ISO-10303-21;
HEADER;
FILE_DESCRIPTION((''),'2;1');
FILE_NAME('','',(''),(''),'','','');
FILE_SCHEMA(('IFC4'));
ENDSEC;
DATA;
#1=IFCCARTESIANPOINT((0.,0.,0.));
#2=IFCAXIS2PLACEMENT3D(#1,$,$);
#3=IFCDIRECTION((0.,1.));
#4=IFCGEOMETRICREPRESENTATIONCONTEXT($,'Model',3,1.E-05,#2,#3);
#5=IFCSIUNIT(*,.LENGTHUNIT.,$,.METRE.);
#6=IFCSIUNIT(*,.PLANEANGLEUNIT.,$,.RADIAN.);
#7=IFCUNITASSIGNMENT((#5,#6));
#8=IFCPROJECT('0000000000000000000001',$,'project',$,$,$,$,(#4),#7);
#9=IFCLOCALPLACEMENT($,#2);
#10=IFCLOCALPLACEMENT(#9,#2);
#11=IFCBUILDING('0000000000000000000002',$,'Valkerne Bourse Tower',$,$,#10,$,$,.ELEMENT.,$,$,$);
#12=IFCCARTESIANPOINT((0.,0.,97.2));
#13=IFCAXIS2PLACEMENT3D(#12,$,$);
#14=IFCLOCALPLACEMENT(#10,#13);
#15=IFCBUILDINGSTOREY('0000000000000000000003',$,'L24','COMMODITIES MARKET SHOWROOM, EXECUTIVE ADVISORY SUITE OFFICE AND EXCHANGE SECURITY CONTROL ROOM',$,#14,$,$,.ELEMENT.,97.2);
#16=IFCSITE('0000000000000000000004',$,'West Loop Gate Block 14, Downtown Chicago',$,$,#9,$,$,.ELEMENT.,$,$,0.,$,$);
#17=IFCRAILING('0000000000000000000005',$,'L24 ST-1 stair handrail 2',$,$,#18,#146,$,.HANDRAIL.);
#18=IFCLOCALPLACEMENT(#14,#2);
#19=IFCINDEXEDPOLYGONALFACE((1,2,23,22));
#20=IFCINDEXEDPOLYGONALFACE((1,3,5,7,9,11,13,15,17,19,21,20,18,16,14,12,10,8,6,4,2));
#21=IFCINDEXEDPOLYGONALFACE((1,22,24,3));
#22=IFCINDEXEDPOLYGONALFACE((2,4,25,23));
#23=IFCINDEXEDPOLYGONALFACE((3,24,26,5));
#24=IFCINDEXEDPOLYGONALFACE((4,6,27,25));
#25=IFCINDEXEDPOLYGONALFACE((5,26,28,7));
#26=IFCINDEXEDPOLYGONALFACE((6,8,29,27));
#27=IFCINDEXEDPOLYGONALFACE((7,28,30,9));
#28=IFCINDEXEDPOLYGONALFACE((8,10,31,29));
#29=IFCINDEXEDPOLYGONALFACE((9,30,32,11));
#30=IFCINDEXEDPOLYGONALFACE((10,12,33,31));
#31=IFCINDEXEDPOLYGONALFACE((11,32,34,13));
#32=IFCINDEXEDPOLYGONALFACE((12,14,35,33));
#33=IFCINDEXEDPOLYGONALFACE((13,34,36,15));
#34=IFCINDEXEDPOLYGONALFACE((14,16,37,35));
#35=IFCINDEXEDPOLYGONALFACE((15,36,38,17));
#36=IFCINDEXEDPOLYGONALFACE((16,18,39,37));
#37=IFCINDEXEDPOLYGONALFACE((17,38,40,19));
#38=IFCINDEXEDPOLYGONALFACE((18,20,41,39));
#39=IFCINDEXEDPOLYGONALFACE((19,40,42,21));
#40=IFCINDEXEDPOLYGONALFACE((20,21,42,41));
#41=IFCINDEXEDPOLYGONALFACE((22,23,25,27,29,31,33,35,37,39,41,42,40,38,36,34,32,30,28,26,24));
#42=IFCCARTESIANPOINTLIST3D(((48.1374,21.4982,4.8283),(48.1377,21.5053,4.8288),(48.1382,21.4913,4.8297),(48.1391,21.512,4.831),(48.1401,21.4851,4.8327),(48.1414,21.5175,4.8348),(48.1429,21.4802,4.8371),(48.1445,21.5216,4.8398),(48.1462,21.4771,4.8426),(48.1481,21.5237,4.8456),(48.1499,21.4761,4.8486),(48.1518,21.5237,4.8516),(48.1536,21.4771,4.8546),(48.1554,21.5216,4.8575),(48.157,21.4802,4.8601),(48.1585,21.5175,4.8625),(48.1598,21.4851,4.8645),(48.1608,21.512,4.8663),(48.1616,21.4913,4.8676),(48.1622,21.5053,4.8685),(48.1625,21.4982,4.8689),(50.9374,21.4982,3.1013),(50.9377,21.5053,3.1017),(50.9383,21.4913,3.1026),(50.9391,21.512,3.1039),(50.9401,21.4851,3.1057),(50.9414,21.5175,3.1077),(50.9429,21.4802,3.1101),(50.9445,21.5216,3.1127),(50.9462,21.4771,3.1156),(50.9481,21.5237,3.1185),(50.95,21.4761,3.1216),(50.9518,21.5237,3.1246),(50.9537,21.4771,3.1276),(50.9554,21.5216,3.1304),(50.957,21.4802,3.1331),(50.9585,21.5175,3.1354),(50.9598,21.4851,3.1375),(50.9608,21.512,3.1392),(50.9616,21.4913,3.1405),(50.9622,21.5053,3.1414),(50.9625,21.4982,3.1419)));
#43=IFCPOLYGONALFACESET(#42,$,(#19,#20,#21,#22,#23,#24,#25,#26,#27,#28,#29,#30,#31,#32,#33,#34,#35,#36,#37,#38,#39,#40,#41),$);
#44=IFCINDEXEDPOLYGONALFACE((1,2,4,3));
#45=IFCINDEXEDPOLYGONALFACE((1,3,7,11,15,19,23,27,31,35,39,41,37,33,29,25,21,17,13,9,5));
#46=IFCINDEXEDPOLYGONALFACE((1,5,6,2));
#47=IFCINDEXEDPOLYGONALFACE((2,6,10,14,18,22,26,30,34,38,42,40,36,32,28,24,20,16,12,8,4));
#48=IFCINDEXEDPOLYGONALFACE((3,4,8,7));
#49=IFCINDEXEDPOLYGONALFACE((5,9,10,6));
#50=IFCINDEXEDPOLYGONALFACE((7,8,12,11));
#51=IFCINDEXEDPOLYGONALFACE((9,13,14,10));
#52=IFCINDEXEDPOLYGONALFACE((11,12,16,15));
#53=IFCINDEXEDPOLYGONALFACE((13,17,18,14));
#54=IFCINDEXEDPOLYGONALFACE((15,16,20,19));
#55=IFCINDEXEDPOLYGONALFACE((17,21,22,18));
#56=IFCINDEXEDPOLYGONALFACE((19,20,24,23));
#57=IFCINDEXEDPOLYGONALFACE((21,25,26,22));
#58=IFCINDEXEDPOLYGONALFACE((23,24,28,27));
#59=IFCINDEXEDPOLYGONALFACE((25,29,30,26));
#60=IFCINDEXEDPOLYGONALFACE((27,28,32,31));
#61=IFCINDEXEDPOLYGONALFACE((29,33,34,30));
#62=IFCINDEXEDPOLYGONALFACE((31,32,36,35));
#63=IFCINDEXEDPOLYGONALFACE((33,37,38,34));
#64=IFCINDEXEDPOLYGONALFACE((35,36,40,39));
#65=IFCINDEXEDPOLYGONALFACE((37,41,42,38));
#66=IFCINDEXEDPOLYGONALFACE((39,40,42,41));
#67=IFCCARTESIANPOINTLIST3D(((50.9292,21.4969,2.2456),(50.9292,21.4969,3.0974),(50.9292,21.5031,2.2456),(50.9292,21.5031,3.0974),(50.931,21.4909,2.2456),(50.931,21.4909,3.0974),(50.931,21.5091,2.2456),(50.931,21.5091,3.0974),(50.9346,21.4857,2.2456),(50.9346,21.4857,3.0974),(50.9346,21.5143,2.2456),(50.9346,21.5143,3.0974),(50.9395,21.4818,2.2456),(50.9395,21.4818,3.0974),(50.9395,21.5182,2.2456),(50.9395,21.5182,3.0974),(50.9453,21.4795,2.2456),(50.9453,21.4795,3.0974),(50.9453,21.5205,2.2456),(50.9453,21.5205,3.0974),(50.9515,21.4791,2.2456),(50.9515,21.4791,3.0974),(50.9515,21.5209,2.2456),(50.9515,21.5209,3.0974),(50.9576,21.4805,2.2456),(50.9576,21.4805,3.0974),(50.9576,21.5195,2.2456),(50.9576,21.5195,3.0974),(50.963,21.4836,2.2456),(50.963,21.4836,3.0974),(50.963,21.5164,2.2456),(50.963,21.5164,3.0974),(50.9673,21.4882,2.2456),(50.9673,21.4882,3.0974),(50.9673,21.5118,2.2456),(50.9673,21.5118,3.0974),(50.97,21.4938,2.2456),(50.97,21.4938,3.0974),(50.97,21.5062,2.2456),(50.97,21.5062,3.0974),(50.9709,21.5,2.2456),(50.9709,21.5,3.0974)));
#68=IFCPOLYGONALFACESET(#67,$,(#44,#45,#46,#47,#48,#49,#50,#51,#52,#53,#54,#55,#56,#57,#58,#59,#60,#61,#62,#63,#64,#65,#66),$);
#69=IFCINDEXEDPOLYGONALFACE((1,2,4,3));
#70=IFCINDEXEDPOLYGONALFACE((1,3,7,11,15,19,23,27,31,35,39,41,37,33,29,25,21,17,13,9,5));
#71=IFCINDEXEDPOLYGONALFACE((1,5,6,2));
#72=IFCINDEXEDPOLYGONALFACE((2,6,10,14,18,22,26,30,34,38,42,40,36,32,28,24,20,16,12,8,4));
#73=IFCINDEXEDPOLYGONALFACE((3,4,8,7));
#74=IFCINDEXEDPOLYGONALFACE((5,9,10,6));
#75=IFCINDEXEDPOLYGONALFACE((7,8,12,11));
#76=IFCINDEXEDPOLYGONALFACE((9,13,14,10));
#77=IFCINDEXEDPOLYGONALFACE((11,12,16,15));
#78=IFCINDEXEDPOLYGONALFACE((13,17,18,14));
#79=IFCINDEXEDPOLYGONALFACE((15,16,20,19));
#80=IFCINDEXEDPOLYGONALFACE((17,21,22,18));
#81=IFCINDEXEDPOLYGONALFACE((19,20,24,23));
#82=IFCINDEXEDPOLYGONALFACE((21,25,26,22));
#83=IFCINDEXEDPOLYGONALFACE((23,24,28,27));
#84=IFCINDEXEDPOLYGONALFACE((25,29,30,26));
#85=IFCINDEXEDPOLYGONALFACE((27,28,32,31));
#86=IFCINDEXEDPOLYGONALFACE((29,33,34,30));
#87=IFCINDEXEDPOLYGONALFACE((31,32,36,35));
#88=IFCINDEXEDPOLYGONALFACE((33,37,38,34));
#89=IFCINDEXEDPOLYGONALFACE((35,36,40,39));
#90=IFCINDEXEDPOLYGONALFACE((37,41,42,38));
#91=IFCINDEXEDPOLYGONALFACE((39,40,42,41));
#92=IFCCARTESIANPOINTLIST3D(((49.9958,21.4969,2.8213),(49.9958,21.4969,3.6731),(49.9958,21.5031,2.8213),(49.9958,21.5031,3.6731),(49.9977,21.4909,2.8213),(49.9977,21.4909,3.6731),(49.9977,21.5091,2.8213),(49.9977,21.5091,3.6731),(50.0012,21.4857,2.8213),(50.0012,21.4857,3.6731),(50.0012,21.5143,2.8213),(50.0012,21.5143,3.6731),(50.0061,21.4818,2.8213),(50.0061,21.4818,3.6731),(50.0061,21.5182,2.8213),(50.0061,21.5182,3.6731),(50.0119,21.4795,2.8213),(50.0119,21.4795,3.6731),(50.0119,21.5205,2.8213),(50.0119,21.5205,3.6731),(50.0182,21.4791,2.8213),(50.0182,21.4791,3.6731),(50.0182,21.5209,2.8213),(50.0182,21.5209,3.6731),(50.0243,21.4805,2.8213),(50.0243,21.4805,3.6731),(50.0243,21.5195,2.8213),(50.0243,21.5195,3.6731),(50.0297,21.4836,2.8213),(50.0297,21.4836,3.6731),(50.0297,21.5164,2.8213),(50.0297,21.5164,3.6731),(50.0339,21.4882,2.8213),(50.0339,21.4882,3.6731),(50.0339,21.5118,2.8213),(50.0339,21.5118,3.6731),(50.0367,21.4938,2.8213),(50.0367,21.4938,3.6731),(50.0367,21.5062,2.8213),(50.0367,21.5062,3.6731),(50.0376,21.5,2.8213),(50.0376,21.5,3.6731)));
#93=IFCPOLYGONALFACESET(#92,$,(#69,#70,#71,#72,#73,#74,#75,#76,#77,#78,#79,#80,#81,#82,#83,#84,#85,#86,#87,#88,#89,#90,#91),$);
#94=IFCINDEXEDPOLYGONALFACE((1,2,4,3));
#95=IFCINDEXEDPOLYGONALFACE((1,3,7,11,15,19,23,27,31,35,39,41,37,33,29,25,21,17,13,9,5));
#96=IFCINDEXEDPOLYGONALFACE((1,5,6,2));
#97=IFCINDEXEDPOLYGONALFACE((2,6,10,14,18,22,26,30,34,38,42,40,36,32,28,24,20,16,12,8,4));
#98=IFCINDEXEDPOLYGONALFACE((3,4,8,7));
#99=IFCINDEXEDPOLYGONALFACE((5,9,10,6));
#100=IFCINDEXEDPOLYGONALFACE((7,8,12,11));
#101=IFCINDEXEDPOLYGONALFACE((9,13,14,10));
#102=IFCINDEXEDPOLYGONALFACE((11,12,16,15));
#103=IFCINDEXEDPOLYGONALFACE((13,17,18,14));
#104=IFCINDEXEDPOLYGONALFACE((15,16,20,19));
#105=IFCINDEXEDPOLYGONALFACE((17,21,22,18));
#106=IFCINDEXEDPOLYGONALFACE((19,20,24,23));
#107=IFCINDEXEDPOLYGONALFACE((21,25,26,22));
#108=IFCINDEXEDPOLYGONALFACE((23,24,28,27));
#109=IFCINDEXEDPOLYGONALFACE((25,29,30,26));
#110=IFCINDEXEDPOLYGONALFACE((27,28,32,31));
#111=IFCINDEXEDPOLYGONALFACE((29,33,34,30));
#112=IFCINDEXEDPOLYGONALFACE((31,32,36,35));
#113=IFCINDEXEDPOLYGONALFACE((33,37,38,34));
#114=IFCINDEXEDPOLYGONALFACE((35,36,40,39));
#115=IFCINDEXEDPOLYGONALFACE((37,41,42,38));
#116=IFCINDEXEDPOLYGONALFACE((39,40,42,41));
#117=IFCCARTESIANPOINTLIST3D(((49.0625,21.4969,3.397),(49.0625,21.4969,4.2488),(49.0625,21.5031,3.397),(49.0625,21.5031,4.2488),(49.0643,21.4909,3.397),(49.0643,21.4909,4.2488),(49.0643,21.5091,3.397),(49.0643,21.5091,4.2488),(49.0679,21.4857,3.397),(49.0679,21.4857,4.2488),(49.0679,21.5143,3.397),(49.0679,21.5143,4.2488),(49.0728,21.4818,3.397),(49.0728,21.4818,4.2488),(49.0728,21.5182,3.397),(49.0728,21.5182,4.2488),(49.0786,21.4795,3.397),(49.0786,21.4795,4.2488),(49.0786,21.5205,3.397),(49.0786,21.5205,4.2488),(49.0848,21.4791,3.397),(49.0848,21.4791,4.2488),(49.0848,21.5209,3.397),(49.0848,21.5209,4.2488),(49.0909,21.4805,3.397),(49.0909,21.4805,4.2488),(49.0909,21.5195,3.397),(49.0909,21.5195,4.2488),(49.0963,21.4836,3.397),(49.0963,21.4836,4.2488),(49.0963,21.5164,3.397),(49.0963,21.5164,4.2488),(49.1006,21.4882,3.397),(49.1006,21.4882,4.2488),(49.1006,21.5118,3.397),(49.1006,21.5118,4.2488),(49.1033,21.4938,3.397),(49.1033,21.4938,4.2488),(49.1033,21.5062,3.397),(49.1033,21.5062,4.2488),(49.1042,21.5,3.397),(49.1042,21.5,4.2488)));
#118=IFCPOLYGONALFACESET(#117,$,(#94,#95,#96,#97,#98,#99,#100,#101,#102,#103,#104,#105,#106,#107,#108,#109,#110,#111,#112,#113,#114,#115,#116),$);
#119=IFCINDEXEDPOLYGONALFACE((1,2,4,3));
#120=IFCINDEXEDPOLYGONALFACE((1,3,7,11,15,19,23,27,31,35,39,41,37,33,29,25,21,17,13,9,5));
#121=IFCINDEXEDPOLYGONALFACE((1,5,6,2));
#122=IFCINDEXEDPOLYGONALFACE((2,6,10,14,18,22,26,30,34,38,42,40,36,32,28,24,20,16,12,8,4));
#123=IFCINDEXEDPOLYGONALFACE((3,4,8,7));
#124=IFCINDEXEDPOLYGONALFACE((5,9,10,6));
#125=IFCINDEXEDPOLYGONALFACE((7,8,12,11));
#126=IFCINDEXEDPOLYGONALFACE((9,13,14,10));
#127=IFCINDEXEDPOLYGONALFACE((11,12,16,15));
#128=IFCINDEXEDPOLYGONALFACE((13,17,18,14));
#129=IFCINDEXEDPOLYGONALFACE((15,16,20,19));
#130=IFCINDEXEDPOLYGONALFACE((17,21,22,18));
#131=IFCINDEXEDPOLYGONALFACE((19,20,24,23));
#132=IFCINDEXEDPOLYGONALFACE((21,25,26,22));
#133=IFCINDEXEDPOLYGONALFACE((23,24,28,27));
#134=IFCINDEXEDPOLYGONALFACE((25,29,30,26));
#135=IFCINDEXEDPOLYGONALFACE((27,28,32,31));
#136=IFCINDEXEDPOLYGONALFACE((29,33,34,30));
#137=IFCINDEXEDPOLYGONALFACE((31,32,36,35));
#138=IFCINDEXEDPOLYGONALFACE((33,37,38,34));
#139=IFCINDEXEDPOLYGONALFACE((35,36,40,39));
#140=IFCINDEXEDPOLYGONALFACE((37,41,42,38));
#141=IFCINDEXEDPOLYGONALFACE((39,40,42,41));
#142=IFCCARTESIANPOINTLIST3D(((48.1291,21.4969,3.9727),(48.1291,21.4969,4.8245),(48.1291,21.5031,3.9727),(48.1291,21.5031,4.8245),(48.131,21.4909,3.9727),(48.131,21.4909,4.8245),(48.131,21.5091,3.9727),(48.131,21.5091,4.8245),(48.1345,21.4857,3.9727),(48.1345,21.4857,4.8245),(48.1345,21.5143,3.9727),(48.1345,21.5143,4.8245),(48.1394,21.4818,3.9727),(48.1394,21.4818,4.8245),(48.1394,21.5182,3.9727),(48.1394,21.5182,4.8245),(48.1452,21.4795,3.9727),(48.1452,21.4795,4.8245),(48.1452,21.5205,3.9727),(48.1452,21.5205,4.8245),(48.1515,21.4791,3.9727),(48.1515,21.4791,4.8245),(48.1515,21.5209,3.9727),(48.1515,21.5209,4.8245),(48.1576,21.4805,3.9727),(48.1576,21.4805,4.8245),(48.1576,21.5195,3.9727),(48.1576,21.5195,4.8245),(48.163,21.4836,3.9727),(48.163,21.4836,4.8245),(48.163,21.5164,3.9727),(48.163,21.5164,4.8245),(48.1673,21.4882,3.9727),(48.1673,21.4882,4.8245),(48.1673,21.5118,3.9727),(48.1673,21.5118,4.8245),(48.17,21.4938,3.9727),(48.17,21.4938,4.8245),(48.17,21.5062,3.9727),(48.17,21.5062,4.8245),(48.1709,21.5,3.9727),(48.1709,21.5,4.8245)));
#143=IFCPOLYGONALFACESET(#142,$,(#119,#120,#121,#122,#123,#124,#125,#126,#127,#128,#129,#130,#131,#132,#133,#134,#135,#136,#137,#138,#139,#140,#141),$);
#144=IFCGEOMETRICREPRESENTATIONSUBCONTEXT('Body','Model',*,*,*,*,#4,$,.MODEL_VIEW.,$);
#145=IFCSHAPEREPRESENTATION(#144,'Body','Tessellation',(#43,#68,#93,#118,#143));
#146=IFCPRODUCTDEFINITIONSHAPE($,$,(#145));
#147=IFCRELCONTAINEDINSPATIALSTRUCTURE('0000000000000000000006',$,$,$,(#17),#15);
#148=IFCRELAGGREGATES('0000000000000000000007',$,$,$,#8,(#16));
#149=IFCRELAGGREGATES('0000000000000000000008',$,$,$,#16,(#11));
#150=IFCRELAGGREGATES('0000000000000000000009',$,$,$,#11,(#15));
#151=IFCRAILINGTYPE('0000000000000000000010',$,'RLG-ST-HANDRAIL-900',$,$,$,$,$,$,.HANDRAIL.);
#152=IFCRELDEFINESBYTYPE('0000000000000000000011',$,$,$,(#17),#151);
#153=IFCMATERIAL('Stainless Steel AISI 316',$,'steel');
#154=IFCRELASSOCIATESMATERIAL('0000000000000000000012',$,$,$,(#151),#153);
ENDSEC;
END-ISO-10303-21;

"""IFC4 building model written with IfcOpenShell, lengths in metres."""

from ifc_helpers import new_model, si_unit, direction, frame, origin, origin_2d, place, context, subcontext, project, spatial, circle, extrude, material, type_object, element, save


model = new_model("IFC4")

# Units and contexts
model_context = context("Model", 3, precision=1e-05, world=origin(), true_north=direction((0.0, 1.0)))
body_context = subcontext(model_context, "Body", "Model", "MODEL_VIEW")
ifc_project = project(units=[si_unit("LENGTHUNIT", "METRE"), si_unit("PLANEANGLEUNIT", "RADIAN")], contexts=[model_context])

# Site, building, storey
site_placement = place(None, origin())
site = spatial("IfcSite", under=ifc_project, at=site_placement, Name="West Loop Gate Block 14, Downtown Chicago", CompositionType="ELEMENT", RefElevation=0.0)
building_placement = place(site_placement, origin())
building = spatial("IfcBuilding", under=site, at=building_placement, Name="Valkerne Bourse Tower", CompositionType="ELEMENT")
storey_placement = place(building_placement, frame((0.0, 0.0, 97.2)))
storey = spatial("IfcBuildingStorey", under=building, at=storey_placement, Name="L24", Description="COMMODITIES MARKET SHOWROOM, EXECUTIVE ADVISORY SUITE OFFICE AND EXCHANGE SECURITY CONTROL ROOM", CompositionType="ELEMENT", Elevation=97.2)

# Shared definitions
ifc_material_1 = material(Name="Stainless Steel AISI 316", Category="steel")

# Railing
railing_type_1 = type_object("IfcRailingType", Name="RLG-ST-HANDRAIL-900", PredefinedType="HANDRAIL", material=ifc_material_1)
railing_1_placement = place(storey_placement, frame((50.95, 21.5, 2.2456)))
element("IfcRailing", 1, at=railing_1_placement, inside=storey, type_object=railing_type_1, Name="L24 ST-1 stair handrail 2", PredefinedType="HANDRAIL", context=body_context, shape_type="SweptSolid", body=[
    extrude(circle(Radius=0.0239, at=origin_2d()), frame((0.0, 0.0, 0.876), z_axis=(-0.851123, 0.0, 0.524967), x_axis=(0.0, -1.0, 0.0)), (0.0, 0.0, 1.0), 3.2898),
    extrude(circle(Radius=0.021, at=origin_2d()), origin(), (0.0, 0.0, 1.0), 0.8518),
    extrude(circle(Radius=0.021, at=origin_2d()), frame((-0.9333, 0.0, 0.5757)), (0.0, 0.0, 1.0), 0.8518),
    extrude(circle(Radius=0.021, at=origin_2d()), frame((-1.8667, 0.0, 1.1514)), (0.0, 0.0, 1.0), 0.8518),
    extrude(circle(Radius=0.021, at=origin_2d()), frame((-2.8, 0.0, 1.7271)), (0.0, 0.0, 1.0), 0.8518),
])

save(model, "model.ifc")
